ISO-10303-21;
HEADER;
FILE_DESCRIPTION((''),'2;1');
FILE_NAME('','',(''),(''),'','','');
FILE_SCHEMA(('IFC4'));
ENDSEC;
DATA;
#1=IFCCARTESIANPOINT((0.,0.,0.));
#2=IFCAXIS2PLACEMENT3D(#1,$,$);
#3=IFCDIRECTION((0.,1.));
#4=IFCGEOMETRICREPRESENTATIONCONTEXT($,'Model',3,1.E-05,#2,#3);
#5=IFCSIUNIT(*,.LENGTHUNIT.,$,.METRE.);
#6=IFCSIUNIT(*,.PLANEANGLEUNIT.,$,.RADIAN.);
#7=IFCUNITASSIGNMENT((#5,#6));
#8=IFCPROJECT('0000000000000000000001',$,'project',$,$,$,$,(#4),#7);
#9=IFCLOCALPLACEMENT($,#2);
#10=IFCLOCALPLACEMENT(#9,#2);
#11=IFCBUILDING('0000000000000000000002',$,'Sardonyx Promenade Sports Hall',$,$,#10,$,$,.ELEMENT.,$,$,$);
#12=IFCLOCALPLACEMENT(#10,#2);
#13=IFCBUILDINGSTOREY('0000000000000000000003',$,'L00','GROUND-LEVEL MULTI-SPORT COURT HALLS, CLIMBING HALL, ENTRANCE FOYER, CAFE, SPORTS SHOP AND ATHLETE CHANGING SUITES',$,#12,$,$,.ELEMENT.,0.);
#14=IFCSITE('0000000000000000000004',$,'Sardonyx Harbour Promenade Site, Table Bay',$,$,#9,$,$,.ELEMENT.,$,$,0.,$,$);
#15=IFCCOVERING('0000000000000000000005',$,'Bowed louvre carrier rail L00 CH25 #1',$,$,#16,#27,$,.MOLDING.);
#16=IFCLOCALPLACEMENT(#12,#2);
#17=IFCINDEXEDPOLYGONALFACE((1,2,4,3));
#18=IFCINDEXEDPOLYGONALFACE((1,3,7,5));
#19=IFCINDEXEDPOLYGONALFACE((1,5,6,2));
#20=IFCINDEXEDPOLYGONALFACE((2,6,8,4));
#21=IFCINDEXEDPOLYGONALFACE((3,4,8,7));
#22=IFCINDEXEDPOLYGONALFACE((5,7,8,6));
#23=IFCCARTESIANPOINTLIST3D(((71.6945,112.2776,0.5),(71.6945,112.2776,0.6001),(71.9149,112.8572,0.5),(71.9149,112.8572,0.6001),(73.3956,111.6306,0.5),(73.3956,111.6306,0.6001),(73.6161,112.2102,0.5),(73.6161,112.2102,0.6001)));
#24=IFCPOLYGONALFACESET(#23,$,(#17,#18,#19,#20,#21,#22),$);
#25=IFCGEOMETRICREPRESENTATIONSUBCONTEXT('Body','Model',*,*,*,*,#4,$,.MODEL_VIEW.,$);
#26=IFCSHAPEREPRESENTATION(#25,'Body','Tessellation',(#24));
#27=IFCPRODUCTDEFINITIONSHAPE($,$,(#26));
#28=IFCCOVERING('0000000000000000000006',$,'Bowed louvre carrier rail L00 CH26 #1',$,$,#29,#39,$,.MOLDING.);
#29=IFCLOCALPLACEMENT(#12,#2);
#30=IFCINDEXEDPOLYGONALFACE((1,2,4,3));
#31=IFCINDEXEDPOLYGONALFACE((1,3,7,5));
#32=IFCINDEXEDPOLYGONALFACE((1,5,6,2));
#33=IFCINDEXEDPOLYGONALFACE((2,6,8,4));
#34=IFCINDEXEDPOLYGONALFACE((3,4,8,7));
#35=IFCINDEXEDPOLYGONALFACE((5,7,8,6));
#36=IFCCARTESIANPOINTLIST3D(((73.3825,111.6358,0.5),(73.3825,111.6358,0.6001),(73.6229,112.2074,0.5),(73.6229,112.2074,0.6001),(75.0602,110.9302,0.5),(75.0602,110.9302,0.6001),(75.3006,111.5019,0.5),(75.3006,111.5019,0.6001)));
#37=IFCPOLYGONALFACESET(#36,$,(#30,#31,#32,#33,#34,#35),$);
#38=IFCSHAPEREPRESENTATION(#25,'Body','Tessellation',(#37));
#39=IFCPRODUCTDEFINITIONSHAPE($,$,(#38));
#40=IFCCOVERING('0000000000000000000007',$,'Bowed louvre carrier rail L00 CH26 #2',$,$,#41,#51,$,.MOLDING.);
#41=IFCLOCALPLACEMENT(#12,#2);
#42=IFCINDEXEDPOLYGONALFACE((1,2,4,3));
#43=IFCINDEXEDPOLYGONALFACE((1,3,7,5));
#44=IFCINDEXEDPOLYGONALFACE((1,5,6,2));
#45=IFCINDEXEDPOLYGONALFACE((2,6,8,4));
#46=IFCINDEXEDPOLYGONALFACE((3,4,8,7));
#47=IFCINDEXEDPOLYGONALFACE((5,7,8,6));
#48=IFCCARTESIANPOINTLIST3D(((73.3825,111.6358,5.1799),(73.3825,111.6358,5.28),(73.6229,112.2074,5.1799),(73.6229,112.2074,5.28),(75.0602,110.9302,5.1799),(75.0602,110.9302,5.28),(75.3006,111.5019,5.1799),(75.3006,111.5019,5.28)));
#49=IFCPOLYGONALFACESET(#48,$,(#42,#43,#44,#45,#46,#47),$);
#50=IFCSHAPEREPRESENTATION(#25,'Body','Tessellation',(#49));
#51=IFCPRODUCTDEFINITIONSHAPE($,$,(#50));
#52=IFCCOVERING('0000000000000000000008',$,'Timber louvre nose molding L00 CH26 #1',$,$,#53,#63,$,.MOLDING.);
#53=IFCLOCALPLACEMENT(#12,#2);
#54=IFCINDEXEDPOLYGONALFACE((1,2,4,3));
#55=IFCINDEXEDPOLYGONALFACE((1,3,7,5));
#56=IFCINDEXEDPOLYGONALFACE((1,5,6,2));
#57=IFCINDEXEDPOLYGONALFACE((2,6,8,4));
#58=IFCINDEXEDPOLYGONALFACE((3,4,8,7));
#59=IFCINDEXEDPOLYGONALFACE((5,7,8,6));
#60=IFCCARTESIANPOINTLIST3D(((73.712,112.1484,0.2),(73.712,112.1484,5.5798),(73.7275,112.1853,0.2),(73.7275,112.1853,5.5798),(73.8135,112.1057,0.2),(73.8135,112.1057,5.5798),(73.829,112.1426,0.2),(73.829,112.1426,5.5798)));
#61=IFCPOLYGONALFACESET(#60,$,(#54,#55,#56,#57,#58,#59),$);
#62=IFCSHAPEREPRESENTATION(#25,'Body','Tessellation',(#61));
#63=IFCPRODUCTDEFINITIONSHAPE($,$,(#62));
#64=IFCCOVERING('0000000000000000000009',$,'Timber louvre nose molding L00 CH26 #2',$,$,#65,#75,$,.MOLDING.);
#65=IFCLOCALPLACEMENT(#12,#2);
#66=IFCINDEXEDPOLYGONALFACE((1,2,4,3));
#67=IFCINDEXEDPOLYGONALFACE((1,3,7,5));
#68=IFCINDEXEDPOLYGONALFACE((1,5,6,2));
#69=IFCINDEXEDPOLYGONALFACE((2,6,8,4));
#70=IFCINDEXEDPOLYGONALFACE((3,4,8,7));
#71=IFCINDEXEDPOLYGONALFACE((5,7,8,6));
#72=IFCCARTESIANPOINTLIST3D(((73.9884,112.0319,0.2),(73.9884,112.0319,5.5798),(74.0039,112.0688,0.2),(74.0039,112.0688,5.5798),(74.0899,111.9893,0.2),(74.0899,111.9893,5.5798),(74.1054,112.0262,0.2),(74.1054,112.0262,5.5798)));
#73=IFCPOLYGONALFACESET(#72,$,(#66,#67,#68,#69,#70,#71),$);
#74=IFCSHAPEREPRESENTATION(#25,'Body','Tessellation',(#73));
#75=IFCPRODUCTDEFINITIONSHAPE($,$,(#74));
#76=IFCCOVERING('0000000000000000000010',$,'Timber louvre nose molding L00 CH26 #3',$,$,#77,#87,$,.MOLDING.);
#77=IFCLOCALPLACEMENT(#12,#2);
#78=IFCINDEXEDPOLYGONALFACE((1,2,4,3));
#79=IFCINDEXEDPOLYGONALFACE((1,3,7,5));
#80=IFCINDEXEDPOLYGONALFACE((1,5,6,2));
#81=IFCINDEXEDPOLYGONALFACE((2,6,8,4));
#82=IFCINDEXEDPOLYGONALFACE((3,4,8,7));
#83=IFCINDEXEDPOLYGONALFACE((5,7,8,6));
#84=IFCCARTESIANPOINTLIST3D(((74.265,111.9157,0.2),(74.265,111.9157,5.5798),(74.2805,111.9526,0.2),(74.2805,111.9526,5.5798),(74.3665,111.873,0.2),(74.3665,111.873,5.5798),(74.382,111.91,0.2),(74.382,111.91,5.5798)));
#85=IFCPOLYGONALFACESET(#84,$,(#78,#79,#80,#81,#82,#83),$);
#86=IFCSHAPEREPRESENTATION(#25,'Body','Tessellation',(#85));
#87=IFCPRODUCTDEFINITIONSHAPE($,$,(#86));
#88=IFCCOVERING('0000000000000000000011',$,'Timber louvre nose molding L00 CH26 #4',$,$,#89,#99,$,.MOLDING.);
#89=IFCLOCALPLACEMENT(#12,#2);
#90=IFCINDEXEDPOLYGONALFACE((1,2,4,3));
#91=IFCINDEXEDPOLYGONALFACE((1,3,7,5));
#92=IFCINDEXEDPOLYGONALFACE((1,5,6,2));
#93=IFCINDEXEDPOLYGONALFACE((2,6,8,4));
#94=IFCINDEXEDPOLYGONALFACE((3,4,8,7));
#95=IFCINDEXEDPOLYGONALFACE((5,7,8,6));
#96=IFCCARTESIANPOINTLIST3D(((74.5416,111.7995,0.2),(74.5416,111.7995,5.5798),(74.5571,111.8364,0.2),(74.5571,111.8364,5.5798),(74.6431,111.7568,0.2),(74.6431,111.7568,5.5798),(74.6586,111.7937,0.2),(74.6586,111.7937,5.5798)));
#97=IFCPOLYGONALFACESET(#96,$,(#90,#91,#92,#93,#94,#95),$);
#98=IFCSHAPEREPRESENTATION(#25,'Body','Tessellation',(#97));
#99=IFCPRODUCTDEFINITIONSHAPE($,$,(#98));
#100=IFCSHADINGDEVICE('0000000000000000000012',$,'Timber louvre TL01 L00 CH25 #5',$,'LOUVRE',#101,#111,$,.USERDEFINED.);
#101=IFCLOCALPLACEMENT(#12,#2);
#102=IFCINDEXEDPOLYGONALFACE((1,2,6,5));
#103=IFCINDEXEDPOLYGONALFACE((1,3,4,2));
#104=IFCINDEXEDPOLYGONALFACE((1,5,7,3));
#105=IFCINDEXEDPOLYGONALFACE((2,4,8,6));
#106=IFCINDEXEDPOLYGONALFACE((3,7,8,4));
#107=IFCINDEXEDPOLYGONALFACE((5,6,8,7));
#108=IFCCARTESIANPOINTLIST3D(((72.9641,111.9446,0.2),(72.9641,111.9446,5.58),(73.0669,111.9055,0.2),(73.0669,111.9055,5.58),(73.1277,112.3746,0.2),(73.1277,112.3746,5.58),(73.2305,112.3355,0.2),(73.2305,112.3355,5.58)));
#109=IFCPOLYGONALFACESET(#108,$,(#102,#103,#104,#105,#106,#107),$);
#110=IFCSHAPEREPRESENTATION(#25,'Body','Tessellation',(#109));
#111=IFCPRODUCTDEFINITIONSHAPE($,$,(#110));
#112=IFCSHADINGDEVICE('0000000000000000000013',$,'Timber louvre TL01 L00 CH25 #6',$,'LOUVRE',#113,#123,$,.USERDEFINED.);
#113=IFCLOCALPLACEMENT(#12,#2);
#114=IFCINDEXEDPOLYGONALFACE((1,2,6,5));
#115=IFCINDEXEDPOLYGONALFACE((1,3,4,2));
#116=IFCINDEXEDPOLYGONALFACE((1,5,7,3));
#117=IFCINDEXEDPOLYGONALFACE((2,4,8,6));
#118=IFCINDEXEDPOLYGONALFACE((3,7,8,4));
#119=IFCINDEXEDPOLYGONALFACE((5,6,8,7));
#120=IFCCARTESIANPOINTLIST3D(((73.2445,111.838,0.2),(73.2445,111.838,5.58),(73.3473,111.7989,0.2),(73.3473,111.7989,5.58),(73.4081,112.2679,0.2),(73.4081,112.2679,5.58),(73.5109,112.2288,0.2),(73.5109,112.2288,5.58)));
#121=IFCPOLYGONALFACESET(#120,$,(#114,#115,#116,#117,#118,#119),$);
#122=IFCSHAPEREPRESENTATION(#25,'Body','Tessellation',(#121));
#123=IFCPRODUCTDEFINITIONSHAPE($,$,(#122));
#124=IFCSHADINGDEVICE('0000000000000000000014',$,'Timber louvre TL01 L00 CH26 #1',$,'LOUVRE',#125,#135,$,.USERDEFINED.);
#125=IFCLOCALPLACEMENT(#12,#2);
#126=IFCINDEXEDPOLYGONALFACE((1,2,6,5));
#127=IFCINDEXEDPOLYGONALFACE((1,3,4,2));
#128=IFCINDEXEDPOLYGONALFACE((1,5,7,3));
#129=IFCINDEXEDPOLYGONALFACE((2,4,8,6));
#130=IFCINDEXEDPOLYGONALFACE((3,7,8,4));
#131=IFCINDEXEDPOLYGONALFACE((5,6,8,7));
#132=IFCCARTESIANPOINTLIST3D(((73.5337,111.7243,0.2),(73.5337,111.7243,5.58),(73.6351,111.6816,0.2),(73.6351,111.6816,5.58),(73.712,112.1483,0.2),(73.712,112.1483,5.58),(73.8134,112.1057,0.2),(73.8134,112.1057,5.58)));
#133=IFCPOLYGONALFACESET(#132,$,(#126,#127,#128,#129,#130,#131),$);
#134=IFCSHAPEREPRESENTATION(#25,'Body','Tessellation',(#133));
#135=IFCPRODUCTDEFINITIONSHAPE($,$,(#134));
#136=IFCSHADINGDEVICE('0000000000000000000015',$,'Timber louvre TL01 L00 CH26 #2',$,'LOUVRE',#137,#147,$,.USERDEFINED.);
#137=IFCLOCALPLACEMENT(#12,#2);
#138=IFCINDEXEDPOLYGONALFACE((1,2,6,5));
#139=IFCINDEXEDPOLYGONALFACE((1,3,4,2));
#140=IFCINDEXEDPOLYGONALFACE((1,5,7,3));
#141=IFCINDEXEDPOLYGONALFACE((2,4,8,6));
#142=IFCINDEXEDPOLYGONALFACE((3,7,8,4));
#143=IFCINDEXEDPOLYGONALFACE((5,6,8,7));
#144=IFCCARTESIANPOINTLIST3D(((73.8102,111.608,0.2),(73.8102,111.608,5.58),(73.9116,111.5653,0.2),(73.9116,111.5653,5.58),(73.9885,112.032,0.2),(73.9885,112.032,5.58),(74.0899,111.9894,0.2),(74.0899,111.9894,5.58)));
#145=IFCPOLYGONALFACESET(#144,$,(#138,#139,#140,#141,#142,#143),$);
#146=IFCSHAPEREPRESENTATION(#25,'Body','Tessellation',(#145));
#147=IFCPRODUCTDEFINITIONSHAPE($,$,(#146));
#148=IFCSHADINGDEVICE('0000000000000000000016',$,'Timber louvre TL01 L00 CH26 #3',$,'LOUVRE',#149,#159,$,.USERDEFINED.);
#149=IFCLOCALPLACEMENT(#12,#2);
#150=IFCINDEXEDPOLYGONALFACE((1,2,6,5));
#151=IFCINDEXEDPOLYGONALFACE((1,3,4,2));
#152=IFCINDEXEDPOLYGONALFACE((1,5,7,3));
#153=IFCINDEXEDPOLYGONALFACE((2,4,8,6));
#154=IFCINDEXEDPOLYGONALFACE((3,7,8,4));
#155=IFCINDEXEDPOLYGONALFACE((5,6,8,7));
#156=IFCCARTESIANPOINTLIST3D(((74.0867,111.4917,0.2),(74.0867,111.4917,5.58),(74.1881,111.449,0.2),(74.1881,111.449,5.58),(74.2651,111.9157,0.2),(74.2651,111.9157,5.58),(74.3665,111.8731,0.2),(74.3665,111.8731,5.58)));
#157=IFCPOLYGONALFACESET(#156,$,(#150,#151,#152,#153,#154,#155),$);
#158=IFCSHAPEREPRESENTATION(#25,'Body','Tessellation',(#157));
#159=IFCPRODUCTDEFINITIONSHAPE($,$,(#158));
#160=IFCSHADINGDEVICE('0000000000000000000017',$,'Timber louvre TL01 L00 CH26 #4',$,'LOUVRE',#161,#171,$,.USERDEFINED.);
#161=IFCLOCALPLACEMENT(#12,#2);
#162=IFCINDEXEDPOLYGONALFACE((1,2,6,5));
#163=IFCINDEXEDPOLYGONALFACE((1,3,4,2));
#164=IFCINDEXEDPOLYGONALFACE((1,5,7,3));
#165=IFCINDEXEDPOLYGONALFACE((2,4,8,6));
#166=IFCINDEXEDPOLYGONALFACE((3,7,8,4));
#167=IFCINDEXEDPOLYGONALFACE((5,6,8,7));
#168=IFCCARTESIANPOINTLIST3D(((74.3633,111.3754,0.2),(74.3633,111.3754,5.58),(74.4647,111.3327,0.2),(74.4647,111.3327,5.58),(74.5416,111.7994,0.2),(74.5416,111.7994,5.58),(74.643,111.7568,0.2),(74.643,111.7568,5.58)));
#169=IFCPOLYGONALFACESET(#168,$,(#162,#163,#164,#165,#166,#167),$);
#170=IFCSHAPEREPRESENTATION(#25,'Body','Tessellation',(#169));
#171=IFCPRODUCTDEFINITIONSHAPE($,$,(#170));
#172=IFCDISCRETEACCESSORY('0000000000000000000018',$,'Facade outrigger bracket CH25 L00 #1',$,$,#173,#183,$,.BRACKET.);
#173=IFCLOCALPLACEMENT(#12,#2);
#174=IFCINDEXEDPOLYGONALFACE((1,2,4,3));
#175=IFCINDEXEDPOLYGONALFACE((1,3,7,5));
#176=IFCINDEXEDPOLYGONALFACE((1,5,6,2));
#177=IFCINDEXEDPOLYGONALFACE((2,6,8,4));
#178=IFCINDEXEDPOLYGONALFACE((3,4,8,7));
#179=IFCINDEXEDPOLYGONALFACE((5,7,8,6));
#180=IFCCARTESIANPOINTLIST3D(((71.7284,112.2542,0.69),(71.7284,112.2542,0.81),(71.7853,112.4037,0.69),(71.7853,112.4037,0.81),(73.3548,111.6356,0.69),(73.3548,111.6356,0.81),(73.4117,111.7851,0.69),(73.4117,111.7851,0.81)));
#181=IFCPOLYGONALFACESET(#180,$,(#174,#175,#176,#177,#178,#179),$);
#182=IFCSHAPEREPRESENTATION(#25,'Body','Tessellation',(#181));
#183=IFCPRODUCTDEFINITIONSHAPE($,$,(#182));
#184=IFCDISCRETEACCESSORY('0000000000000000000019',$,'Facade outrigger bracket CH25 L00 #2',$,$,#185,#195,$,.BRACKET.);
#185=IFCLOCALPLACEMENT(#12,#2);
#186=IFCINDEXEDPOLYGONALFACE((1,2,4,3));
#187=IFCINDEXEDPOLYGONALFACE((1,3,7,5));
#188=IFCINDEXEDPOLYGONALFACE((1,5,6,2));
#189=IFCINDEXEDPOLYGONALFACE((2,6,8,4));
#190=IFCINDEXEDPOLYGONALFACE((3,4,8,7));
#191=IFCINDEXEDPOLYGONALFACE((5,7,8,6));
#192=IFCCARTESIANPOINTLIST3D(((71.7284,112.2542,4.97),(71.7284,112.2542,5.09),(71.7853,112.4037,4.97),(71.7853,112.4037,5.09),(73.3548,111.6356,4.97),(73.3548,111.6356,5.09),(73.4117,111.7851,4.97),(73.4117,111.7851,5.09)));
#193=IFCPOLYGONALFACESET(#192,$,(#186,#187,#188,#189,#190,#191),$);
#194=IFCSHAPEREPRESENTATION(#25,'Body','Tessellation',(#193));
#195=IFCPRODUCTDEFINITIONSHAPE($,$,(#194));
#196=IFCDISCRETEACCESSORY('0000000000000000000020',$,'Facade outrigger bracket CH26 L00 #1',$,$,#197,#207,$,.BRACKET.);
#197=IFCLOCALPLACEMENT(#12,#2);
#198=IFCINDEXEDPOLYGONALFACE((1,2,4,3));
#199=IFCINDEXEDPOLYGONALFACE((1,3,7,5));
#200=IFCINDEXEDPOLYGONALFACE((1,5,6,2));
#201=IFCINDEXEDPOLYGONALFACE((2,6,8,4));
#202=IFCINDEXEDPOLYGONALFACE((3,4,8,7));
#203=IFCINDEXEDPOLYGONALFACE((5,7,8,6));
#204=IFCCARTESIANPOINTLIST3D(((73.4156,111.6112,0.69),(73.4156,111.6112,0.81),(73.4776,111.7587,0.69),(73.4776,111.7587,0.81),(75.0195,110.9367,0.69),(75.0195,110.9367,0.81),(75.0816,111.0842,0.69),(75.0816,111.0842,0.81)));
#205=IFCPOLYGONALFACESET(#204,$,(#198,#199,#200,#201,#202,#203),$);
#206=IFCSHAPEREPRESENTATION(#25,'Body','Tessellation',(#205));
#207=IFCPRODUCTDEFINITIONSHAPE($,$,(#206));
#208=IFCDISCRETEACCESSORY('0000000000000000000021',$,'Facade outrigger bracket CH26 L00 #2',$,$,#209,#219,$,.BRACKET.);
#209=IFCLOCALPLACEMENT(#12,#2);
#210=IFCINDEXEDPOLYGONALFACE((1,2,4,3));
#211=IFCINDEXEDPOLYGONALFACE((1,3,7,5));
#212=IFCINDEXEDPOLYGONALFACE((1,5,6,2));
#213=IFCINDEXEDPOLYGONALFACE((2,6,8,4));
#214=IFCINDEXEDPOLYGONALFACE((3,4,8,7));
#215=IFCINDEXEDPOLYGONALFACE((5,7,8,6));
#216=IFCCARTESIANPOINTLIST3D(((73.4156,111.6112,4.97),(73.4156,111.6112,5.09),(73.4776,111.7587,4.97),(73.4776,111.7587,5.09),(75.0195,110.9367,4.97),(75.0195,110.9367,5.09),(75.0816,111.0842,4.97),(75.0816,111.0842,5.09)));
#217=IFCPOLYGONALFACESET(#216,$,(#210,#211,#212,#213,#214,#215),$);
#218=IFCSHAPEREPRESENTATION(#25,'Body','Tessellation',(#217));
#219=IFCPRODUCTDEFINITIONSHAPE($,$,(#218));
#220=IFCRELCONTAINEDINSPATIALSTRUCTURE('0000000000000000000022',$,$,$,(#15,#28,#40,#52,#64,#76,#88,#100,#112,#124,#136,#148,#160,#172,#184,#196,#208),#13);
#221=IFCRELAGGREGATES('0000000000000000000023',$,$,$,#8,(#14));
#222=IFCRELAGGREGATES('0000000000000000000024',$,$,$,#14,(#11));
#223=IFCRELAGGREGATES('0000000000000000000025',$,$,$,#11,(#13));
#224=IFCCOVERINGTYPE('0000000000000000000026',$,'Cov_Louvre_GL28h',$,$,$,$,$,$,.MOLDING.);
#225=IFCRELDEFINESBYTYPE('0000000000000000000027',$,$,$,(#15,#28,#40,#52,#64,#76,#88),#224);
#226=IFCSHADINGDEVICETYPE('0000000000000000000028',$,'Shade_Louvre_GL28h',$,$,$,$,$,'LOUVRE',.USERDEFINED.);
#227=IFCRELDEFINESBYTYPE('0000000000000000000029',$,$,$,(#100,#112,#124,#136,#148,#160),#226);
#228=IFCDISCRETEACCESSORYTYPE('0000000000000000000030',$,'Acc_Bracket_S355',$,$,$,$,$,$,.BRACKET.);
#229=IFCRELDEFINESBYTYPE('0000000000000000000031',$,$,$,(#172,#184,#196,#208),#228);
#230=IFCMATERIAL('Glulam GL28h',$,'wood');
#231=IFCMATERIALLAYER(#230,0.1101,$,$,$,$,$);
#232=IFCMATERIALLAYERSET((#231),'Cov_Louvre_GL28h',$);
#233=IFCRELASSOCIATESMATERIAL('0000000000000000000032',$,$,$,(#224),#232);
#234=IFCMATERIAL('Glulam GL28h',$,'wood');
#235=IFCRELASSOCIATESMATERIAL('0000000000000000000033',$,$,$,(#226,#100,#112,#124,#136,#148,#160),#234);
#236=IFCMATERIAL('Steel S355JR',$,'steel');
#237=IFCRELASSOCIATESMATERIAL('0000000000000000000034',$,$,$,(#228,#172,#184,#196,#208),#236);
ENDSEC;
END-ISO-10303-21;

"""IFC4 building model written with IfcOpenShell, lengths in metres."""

from ifc_helpers import new_model, si_unit, direction, frame, origin, origin_2d, place, context, subcontext, project, spatial, rectangle, extrude, material, layer, layer_set, type_object, element, save


model = new_model("IFC4")

# Units and contexts
model_context = context("Model", 3, precision=1e-05, world=origin(), true_north=direction((0.0, 1.0)))
body_context = subcontext(model_context, "Body", "Model", "MODEL_VIEW")
ifc_project = project(units=[si_unit("LENGTHUNIT", "METRE"), si_unit("PLANEANGLEUNIT", "RADIAN")], contexts=[model_context])

# Site, building, storey
site_placement = place(None, origin())
site = spatial("IfcSite", under=ifc_project, at=site_placement, Name="Sardonyx Harbour Promenade Site, Table Bay", CompositionType="ELEMENT", RefElevation=0.0)
building_placement = place(site_placement, origin())
building = spatial("IfcBuilding", under=site, at=building_placement, Name="Sardonyx Promenade Sports Hall", CompositionType="ELEMENT")
storey_placement = place(building_placement, origin())
storey = spatial("IfcBuildingStorey", under=building, at=storey_placement, Name="L00", Description="GROUND-LEVEL MULTI-SPORT COURT HALLS, CLIMBING HALL, ENTRANCE FOYER, CAFE, SPORTS SHOP AND ATHLETE CHANGING SUITES", CompositionType="ELEMENT", Elevation=0.0)

# Coverings
ifc_material_1 = material(Name="Glulam GL28h", Category="wood")
ifc_layer_1 = layer(ifc_material_1, 0.1101)
ifc_layer_set_1 = layer_set([ifc_layer_1], Name="Cov_Louvre_GL28h")
covering_type = type_object("IfcCoveringType", Name="Cov_Louvre_GL28h", PredefinedType="MOLDING", material=ifc_layer_set_1)
for number, where, z_axis, x_axis, name in (
    (1, (72.6553, 112.2439, 0.5), (0.0, 0.0, 1.0), (0.934666, -0.355528, 0.0), "Bowed louvre carrier rail L00 CH25 #1"),
    (2, (74.3416, 111.5688, 0.5), (0.0, 0.0, 1.0), (0.9218, -0.387665, 0.0), "Bowed louvre carrier rail L00 CH26 #1"),
    (3, (74.3416, 111.5688, 5.1799), (0.0, 0.0, 1.0), (0.9218, -0.387665, 0.0), "Bowed louvre carrier rail L00 CH26 #2"),
):
    element("IfcCovering", number, at=place(storey_placement, frame(where, z_axis=z_axis, x_axis=x_axis)), inside=storey, type_object=covering_type, Name=name, PredefinedType="MOLDING", context=body_context, shape_type="SweptSolid", body=[
        extrude(rectangle(XDim=1.8201, YDim=0.6201, at=origin_2d()), origin(), (0.0, 0.0, 1.0), 0.1001),
    ])
for number, where, z_axis, x_axis, name in (
    (4, (73.7705, 112.1455, 0.2), (0.0, 0.0, 1.0), (0.9218, -0.387665, 0.0), "Timber louvre nose molding L00 CH26 #1"),
    (5, (74.0469, 112.0291, 0.2), (0.0, 0.0, 1.0), (0.9218, -0.387665, 0.0), "Timber louvre nose molding L00 CH26 #2"),
    (6, (74.3235, 111.9128, 0.2), (0.0, 0.0, 1.0), (0.9218, -0.387665, 0.0), "Timber louvre nose molding L00 CH26 #3"),
    (7, (74.6001, 111.7966, 0.2), (0.0, 0.0, 1.0), (0.9218, -0.387665, 0.0), "Timber louvre nose molding L00 CH26 #4"),
):
    element("IfcCovering", number, at=place(storey_placement, frame(where, z_axis=z_axis, x_axis=x_axis)), inside=storey, type_object=covering_type, Name=name, PredefinedType="MOLDING", context=body_context, shape_type="SweptSolid", body=[
        extrude(rectangle(XDim=0.1101, YDim=0.04, at=origin_2d()), origin(), (0.0, 0.0, 1.0), 5.3799),
    ])

# Shading devices
ifc_material_2 = material(Name="Glulam GL28h", Category="wood")
shading_device_type = type_object("IfcShadingDeviceType", Name="Shade_Louvre_GL28h", ElementType="LOUVRE", PredefinedType="USERDEFINED", material=ifc_material_2)
for number, where, z_axis, x_axis, name in (
    (8, (73.0973, 112.1401, 0.2), (0.0, 0.0, 1.0), (0.934666, -0.355528, 0.0), "Timber louvre TL01 L00 CH25 #5"),
    (9, (73.3777, 112.0334, 0.2), (0.0, 0.0, 1.0), (0.934666, -0.355528, 0.0), "Timber louvre TL01 L00 CH25 #6"),
    (10, (73.6735, 111.915, 0.2), (0.0, 0.0, 1.0), (0.9218, -0.387665, 0.0), "Timber louvre TL01 L00 CH26 #1"),
    (11, (73.9501, 111.7987, 0.2), (0.0, 0.0, 1.0), (0.9218, -0.387665, 0.0), "Timber louvre TL01 L00 CH26 #2"),
    (12, (74.2266, 111.6824, 0.2), (0.0, 0.0, 1.0), (0.9218, -0.387665, 0.0), "Timber louvre TL01 L00 CH26 #3"),
    (13, (74.5032, 111.5661, 0.2), (0.0, 0.0, 1.0), (0.9218, -0.387665, 0.0), "Timber louvre TL01 L00 CH26 #4"),
):
    element("IfcShadingDevice", number, at=place(storey_placement, frame(where, z_axis=z_axis, x_axis=x_axis)), inside=storey, type_object=shading_device_type, material=ifc_material_2, Name=name, ObjectType="LOUVRE", PredefinedType="USERDEFINED", context=body_context, shape_type="SweptSolid", body=[
        extrude(rectangle(XDim=0.11, YDim=0.46), origin(), (0.0, 0.0, 1.0), 5.38),
    ])

# Discrete accessories
ifc_material_3 = material(Name="Steel S355JR", Category="steel")
discrete_accessory_type = type_object("IfcDiscreteAccessoryType", Name="Acc_Bracket_S355", PredefinedType="BRACKET", material=ifc_material_3)
for number, where, z_axis, x_axis, name in (
    (14, (72.5701, 112.0196, 0.69), (0.0, 0.0, 1.0), (0.934666, -0.355528, 0.0), "Facade outrigger bracket CH25 L00 #1"),
    (15, (72.5701, 112.0196, 4.97), (0.0, 0.0, 1.0), (0.934666, -0.355528, 0.0), "Facade outrigger bracket CH25 L00 #2"),
    (16, (74.2486, 111.3477, 0.69), (0.0, 0.0, 1.0), (0.9218, -0.387665, 0.0), "Facade outrigger bracket CH26 L00 #1"),
    (17, (74.2486, 111.3477, 4.97), (0.0, 0.0, 1.0), (0.9218, -0.387665, 0.0), "Facade outrigger bracket CH26 L00 #2"),
):
    element("IfcDiscreteAccessory", number, at=place(storey_placement, frame(where, z_axis=z_axis, x_axis=x_axis)), inside=storey, type_object=discrete_accessory_type, material=ifc_material_3, Name=name, PredefinedType="BRACKET", context=body_context, shape_type="SweptSolid", body=[
        extrude(rectangle(XDim=1.74, YDim=0.16), origin(), (0.0, 0.0, 1.0), 0.12),
    ])

save(model, "model.ifc")
